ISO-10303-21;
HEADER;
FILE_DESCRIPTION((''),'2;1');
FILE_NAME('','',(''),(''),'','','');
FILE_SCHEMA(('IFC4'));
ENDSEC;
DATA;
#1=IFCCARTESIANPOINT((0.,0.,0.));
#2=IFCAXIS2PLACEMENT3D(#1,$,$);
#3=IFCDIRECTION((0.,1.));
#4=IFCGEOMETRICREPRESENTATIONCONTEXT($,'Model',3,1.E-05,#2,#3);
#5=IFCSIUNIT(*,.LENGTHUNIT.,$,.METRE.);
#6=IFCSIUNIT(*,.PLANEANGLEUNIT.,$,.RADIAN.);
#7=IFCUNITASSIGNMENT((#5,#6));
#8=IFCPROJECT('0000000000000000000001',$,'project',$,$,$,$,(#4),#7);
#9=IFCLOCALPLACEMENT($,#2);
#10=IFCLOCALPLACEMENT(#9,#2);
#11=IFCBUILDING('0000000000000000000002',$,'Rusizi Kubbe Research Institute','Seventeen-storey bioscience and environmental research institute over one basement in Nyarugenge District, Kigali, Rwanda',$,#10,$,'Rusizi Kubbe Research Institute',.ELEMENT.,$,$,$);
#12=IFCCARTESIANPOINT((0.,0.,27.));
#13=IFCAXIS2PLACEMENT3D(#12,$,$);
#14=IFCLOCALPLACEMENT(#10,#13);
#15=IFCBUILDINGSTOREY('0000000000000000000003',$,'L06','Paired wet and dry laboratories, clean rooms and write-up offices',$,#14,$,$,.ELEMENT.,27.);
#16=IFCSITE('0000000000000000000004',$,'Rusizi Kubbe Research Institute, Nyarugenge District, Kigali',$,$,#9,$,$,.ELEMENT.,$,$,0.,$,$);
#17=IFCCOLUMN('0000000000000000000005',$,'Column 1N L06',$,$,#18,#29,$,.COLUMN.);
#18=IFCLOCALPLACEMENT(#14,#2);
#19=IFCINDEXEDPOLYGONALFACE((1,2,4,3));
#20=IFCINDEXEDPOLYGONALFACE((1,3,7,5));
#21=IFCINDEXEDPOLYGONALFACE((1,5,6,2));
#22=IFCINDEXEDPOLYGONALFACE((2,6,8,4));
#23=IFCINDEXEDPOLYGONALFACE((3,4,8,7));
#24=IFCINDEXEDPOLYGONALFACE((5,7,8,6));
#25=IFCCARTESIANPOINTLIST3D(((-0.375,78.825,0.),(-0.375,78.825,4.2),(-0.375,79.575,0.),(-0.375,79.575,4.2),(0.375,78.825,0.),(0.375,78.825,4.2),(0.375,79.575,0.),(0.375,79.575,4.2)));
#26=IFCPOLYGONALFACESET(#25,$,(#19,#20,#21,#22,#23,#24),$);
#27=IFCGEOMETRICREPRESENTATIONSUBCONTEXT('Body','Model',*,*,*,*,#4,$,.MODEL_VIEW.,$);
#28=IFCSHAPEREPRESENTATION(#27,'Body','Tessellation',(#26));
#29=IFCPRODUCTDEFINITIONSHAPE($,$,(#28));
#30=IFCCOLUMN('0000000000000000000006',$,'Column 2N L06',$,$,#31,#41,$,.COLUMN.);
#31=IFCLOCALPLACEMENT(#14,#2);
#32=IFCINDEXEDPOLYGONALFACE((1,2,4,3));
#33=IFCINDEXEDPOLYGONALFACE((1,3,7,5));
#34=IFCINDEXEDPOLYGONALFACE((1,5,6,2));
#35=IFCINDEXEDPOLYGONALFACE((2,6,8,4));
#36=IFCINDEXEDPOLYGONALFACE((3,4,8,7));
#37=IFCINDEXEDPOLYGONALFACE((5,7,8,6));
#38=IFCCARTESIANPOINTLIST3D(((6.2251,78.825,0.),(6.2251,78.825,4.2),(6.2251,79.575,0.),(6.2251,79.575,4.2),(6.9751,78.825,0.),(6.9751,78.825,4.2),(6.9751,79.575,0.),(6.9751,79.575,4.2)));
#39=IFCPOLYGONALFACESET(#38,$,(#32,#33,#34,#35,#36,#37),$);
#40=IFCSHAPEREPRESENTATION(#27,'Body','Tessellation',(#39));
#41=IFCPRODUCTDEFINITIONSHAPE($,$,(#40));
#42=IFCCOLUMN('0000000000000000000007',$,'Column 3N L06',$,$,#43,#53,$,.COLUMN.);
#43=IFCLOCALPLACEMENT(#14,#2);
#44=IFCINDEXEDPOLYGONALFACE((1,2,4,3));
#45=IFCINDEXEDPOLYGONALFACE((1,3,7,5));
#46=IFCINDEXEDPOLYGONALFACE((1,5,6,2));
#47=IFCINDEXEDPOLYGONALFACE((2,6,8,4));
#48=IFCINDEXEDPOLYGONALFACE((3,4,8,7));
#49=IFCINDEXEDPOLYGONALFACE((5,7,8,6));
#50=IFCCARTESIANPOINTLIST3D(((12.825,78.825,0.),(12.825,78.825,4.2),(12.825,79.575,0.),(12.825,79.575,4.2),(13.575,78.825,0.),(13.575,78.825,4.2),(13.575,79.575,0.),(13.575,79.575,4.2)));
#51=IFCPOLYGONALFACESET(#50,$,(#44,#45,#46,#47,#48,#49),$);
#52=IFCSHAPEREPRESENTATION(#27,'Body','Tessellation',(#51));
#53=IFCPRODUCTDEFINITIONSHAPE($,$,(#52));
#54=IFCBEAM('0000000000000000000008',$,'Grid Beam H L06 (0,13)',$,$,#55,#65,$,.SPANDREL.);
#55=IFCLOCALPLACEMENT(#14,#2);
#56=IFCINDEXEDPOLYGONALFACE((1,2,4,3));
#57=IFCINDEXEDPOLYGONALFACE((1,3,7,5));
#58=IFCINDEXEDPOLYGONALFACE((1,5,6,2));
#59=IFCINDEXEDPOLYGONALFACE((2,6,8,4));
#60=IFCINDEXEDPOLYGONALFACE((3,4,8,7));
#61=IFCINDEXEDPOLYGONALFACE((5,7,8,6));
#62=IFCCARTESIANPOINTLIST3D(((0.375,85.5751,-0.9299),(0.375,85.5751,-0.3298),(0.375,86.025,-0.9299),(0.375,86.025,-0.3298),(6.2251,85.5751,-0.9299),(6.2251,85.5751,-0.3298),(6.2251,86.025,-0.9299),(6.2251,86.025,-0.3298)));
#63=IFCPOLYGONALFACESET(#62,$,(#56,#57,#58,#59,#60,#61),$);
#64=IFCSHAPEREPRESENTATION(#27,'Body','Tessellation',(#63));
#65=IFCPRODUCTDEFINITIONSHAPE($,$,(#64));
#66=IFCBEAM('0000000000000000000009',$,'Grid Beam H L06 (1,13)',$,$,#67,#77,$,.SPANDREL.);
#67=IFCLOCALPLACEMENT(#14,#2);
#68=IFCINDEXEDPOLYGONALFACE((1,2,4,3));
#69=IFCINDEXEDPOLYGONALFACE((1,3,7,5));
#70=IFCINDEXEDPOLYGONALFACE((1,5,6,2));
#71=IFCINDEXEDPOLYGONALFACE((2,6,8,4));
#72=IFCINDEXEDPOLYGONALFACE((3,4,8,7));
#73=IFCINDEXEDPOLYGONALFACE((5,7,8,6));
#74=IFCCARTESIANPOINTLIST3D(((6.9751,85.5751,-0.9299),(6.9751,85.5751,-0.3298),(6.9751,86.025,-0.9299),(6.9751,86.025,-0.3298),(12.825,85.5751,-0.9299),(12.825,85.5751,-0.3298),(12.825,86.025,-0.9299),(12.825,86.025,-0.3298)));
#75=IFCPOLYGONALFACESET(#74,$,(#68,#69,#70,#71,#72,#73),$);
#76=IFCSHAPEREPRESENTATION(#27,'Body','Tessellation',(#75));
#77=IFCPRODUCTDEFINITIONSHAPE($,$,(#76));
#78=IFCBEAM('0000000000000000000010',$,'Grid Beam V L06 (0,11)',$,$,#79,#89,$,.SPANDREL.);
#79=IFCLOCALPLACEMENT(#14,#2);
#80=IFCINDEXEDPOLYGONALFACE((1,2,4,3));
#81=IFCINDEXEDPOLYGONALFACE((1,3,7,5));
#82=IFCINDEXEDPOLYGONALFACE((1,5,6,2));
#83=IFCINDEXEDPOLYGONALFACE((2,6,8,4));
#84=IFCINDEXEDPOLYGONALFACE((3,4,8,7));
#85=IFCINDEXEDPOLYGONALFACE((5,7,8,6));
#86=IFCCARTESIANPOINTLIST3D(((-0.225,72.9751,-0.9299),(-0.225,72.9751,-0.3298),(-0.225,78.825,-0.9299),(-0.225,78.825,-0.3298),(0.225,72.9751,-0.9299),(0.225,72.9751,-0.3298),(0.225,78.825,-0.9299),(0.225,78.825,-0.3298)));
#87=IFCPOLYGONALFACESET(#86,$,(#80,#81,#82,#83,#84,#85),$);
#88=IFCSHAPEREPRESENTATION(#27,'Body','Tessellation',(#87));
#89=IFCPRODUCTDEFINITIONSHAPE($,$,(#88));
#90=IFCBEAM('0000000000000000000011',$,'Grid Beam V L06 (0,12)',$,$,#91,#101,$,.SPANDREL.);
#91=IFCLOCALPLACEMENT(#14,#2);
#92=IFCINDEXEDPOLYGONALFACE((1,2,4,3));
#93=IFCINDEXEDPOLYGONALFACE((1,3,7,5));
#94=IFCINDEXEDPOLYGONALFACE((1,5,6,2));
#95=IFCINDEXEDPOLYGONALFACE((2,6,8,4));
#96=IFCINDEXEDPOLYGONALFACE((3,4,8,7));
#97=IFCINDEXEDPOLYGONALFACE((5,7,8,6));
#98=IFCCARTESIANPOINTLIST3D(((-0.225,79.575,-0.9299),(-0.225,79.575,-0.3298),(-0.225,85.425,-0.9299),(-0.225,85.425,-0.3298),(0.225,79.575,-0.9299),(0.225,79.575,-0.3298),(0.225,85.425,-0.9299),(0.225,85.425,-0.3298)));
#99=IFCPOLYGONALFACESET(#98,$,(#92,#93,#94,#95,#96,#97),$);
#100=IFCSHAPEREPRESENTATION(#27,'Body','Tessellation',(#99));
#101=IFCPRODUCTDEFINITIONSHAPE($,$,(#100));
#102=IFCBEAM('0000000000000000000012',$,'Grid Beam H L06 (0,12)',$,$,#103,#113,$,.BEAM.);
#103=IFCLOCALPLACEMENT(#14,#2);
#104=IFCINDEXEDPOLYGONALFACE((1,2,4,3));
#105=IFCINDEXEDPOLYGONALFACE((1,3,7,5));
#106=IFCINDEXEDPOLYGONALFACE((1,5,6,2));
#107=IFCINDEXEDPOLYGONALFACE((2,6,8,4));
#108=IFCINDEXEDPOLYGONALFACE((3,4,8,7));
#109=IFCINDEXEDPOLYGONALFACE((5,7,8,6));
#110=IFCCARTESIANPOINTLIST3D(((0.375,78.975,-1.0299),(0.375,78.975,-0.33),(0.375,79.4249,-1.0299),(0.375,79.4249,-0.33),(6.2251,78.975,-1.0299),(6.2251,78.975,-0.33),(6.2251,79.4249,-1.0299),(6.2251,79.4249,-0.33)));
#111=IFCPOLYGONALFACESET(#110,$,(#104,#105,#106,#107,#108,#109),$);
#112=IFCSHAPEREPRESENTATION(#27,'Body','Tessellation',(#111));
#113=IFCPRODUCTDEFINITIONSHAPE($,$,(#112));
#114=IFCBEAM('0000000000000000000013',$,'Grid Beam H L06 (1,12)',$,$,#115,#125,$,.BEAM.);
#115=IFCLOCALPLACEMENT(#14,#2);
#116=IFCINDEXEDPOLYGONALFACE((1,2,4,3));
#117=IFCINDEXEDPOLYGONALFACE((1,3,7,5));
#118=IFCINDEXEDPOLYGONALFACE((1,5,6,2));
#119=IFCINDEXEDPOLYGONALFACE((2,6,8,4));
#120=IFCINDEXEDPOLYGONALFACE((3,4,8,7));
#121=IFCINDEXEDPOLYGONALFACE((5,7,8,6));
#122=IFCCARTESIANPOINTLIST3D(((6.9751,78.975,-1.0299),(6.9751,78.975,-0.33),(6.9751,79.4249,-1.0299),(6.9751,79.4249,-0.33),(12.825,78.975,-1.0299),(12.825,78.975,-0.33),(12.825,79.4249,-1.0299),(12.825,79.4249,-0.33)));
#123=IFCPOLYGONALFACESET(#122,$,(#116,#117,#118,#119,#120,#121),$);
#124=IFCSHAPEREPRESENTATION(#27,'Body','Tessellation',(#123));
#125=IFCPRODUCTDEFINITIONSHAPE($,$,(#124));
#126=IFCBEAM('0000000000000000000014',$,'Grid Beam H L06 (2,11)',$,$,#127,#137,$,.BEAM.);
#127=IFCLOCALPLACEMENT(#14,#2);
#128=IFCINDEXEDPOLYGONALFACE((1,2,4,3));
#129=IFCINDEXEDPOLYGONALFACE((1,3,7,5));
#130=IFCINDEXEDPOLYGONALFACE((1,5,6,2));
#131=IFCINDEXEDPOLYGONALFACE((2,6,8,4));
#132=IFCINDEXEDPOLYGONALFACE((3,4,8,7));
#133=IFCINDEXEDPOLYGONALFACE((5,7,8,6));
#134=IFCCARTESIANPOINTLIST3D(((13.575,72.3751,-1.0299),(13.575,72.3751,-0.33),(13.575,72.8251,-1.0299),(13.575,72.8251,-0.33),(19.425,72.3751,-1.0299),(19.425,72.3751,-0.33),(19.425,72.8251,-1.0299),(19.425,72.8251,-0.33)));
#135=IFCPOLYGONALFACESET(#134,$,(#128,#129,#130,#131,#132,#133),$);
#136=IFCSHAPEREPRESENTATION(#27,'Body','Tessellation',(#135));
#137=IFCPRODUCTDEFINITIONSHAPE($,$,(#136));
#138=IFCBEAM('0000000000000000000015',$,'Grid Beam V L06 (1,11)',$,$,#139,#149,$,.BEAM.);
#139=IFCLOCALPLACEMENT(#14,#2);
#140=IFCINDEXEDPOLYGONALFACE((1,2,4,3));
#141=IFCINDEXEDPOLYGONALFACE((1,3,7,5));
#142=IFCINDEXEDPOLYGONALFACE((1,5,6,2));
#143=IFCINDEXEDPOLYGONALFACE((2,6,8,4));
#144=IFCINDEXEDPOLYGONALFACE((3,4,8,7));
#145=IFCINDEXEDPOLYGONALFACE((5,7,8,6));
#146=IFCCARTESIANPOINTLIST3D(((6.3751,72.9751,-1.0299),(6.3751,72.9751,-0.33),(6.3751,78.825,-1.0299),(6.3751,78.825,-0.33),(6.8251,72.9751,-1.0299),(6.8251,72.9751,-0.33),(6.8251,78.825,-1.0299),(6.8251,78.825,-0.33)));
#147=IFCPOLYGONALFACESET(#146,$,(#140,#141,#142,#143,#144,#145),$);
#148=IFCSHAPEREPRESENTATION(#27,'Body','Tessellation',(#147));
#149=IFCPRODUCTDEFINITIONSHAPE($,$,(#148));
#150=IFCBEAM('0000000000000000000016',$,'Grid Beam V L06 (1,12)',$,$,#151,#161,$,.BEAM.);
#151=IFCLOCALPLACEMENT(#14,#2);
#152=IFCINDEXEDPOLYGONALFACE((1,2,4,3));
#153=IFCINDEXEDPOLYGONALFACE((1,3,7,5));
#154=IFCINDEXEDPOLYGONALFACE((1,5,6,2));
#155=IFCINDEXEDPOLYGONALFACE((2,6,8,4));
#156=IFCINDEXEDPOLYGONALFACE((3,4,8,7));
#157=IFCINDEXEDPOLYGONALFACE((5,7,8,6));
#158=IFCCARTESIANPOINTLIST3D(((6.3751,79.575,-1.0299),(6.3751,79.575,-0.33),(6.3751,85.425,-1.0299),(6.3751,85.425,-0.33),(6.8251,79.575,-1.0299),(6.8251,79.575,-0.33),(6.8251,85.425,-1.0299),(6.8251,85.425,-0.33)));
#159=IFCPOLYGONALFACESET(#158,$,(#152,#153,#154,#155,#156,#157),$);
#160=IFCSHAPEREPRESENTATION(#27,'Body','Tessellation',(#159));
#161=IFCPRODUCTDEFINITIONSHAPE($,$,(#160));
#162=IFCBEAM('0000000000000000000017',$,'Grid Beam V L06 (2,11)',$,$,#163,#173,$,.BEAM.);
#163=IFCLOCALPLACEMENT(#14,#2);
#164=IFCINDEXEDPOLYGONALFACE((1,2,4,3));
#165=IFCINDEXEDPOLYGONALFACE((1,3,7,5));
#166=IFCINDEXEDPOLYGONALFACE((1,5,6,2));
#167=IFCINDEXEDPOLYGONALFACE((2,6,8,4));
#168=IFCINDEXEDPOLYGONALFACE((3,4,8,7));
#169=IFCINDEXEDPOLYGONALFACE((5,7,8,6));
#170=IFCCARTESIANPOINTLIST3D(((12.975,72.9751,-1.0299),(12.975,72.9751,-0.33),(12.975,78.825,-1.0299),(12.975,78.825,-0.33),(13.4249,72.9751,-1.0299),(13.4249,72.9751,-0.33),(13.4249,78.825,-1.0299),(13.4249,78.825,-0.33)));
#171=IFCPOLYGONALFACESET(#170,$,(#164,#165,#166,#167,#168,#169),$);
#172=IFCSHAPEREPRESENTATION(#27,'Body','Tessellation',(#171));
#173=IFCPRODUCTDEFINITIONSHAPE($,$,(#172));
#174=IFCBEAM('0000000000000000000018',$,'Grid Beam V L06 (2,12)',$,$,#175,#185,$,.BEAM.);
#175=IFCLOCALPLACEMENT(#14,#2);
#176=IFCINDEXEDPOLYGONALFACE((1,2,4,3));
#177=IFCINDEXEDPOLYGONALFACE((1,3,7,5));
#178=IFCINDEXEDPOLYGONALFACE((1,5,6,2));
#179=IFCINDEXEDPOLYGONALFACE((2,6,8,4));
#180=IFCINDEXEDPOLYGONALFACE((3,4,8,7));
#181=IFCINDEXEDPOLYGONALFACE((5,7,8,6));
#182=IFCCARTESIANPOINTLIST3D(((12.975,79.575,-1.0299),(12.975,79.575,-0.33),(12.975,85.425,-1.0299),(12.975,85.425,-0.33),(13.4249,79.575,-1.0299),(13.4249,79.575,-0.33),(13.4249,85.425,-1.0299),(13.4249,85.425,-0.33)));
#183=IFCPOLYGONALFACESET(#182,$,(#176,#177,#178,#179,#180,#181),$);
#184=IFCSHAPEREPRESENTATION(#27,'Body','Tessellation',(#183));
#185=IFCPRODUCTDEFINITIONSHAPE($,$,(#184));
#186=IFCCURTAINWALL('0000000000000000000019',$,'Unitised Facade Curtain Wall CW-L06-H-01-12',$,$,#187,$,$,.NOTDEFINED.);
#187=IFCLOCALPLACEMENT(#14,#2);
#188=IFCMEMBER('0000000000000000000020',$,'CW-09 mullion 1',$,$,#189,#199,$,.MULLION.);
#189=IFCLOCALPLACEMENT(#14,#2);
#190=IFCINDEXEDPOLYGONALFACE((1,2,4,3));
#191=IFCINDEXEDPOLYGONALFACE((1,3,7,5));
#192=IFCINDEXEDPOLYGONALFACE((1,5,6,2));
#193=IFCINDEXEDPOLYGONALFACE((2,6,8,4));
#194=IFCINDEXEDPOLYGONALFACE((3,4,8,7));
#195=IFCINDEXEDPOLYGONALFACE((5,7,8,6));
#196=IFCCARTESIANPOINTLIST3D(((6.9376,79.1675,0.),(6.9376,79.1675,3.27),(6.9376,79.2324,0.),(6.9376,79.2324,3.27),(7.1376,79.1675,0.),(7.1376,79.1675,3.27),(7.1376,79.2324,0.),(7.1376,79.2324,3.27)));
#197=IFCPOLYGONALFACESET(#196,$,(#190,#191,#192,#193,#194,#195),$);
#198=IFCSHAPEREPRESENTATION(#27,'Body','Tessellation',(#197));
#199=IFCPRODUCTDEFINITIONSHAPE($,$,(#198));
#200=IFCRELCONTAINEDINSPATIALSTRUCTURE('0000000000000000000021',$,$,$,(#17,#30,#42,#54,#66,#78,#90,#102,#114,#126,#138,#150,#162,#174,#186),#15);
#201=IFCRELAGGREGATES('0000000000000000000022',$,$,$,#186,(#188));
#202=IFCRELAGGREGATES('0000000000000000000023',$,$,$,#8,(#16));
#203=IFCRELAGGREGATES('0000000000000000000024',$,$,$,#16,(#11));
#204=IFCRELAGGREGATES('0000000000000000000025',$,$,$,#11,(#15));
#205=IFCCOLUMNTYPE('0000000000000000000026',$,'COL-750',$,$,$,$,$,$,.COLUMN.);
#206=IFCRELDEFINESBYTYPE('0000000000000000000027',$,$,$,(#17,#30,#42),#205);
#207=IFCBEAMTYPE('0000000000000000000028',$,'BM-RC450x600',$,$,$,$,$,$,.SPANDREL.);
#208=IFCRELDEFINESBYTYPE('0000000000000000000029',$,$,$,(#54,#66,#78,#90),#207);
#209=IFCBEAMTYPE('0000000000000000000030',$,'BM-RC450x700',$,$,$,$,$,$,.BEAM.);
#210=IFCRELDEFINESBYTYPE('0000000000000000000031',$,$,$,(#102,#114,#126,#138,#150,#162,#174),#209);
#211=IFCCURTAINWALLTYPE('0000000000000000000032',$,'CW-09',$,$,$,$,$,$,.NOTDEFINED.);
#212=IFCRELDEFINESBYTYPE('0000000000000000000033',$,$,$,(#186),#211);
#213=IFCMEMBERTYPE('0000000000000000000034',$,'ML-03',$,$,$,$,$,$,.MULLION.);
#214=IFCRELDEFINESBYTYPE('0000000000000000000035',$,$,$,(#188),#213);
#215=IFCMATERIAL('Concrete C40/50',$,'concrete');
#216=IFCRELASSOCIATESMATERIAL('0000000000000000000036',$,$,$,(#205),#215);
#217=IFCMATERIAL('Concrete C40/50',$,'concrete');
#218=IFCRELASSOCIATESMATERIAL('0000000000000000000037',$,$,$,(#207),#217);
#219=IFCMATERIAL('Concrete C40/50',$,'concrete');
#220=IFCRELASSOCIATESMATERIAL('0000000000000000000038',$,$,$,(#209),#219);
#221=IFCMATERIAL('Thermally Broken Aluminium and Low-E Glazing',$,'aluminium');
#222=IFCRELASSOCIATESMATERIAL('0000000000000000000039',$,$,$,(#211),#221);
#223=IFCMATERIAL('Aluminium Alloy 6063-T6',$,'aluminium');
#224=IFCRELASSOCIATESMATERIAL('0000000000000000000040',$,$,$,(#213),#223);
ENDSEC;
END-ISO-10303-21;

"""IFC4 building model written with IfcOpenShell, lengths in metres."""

from ifc_helpers import new_model, si_unit, direction, frame, origin, origin_2d, place, context, subcontext, project, spatial, rectangle, extrude, material, material_profile, profile_set, type_object, element, aggregate, save


model = new_model("IFC4")

# Units and contexts
model_context = context("Model", 3, precision=1e-05, world=origin(), true_north=direction((0.0, 1.0)))
body_context = subcontext(model_context, "Body", "Model", "MODEL_VIEW")
ifc_project = project(units=[si_unit("LENGTHUNIT", "METRE"), si_unit("PLANEANGLEUNIT", "RADIAN")], contexts=[model_context])

# Site, building, storey
site_placement = place(None, origin())
site = spatial("IfcSite", under=ifc_project, at=site_placement, Name="Rusizi Kubbe Research Institute, Nyarugenge District, Kigali", CompositionType="ELEMENT", RefElevation=0.0)
building_placement = place(site_placement, origin())
building = spatial("IfcBuilding", under=site, at=building_placement, Name="Rusizi Kubbe Research Institute", Description="Seventeen-storey bioscience and environmental research institute over one basement in Nyarugenge District, Kigali, Rwanda", LongName="Rusizi Kubbe Research Institute", CompositionType="ELEMENT")
storey_placement = place(building_placement, frame((0.0, 0.0, 27.0)))
storey = spatial("IfcBuildingStorey", under=building, at=storey_placement, Name="L06", Description="Paired wet and dry laboratories, clean rooms and write-up offices", CompositionType="ELEMENT", Elevation=27.0)

# Columns
ifc_material_1 = material(Name="Concrete C40/50", Category="concrete")
ifc_material_profile_1 = material_profile(ifc_material_1, rectangle(XDim=0.75, YDim=0.75, at=origin_2d()), Name="RC750x750")
ifc_profile_set_1 = profile_set([ifc_material_profile_1], Name="Concrete C40/50")
column_type = type_object("IfcColumnType", Name="COL-750", PredefinedType="COLUMN", material=ifc_profile_set_1)
for number, where, z_axis, x_axis, name in (
    (1, (0.0, 79.2, 0.0), (0.0, 0.0, 1.0), (1.0, 0.0, 0.0), "Column 1N L06"),
    (2, (6.6001, 79.2, 0.0), (0.0, 0.0, 1.0), (1.0, 0.0, 0.0), "Column 2N L06"),
    (3, (13.2, 79.2, 0.0), (0.0, 0.0, 1.0), (1.0, 0.0, 0.0), "Column 3N L06"),
):
    element("IfcColumn", number, at=place(storey_placement, frame(where, z_axis=z_axis, x_axis=x_axis)), inside=storey, type_object=column_type, Name=name, PredefinedType="COLUMN", context=body_context, shape_type="SweptSolid", body=[
        extrude(rectangle(XDim=0.75, YDim=0.75, at=origin_2d()), origin(), (0.0, 0.0, 1.0), 4.2),
    ])

# Beams
ifc_material_2 = material(Name="Concrete C40/50", Category="concrete")
ifc_material_profile_2 = material_profile(ifc_material_2, rectangle(XDim=0.45, YDim=0.6001, at=origin_2d()), Name="RC450x600")
ifc_profile_set_2 = profile_set([ifc_material_profile_2], Name="Concrete C40/50")
beam_type_1 = type_object("IfcBeamType", Name="BM-RC450x600", PredefinedType="SPANDREL", material=ifc_profile_set_2)
beam_1_placement = place(storey_placement, frame((0.375, 85.8, -0.6299), z_axis=(1.0, 0.0, 0.0), x_axis=(0.0, 1.0, 0.0)))
element("IfcBeam", 4, at=beam_1_placement, inside=storey, type_object=beam_type_1, Name="Grid Beam H L06 (0,13)", PredefinedType="SPANDREL", context=body_context, shape_type="SweptSolid", body=[
    extrude(rectangle(XDim=0.45, YDim=0.6001, at=origin_2d()), origin(), (0.0, 0.0, 1.0), 5.8501),
])
for number, where, z_axis, x_axis, name in (
    (5, (6.9751, 85.8, -0.6299), (1.0, 0.0, 0.0), (0.0, 1.0, 0.0), "Grid Beam H L06 (1,13)"),
    (6, (0.0, 72.9751, -0.6299), (0.0, 1.0, 0.0), (-1.0, 0.0, 0.0), "Grid Beam V L06 (0,11)"),
):
    element("IfcBeam", number, at=place(storey_placement, frame(where, z_axis=z_axis, x_axis=x_axis)), inside=storey, type_object=beam_type_1, Name=name, PredefinedType="SPANDREL", context=body_context, shape_type="SweptSolid", body=[
        extrude(rectangle(XDim=0.45, YDim=0.6001, at=origin_2d()), origin(), (0.0, 0.0, 1.0), 5.8499),
    ])
beam_2_placement = place(storey_placement, frame((0.0, 79.575, -0.6299), z_axis=(0.0, 1.0, 0.0), x_axis=(-1.0, 0.0, 0.0)))
element("IfcBeam", 7, at=beam_2_placement, inside=storey, type_object=beam_type_1, Name="Grid Beam V L06 (0,12)", PredefinedType="SPANDREL", context=body_context, shape_type="SweptSolid", body=[
    extrude(rectangle(XDim=0.45, YDim=0.6001, at=origin_2d()), origin(), (0.0, 0.0, 1.0), 5.8501),
])
ifc_material_3 = material(Name="Concrete C40/50", Category="concrete")
ifc_material_profile_3 = material_profile(ifc_material_3, rectangle(XDim=0.45, YDim=0.7, at=origin_2d()), Name="RC450x700B")
ifc_profile_set_3 = profile_set([ifc_material_profile_3], Name="Concrete C40/50")
beam_type_2 = type_object("IfcBeamType", Name="BM-RC450x700", PredefinedType="BEAM", material=ifc_profile_set_3)
beam_3_placement = place(storey_placement, frame((0.375, 79.2, -0.6799), z_axis=(1.0, 0.0, 0.0), x_axis=(0.0, 1.0, 0.0)))
element("IfcBeam", 8, at=beam_3_placement, inside=storey, type_object=beam_type_2, Name="Grid Beam H L06 (0,12)", PredefinedType="BEAM", context=body_context, shape_type="SweptSolid", body=[
    extrude(rectangle(XDim=0.45, YDim=0.7, at=origin_2d()), origin(), (0.0, 0.0, 1.0), 5.8501),
])
beam_4_placement = place(storey_placement, frame((6.9751, 79.2, -0.6799), z_axis=(1.0, 0.0, 0.0), x_axis=(0.0, 1.0, 0.0)))
element("IfcBeam", 9, at=beam_4_placement, inside=storey, type_object=beam_type_2, Name="Grid Beam H L06 (1,12)", PredefinedType="BEAM", context=body_context, shape_type="SweptSolid", body=[
    extrude(rectangle(XDim=0.45, YDim=0.7, at=origin_2d()), origin(), (0.0, 0.0, 1.0), 5.8499),
])
beam_5_placement = place(storey_placement, frame((13.575, 72.6001, -0.6799), z_axis=(1.0, 0.0, 0.0), x_axis=(0.0, 1.0, 0.0)))
element("IfcBeam", 10, at=beam_5_placement, inside=storey, type_object=beam_type_2, Name="Grid Beam H L06 (2,11)", PredefinedType="BEAM", context=body_context, shape_type="SweptSolid", body=[
    extrude(rectangle(XDim=0.45, YDim=0.7, at=origin_2d()), origin(), (0.0, 0.0, 1.0), 5.8501),
])
beam_6_placement = place(storey_placement, frame((6.6001, 72.9751, -0.6799), z_axis=(0.0, 1.0, 0.0), x_axis=(-1.0, 0.0, 0.0)))
element("IfcBeam", 11, at=beam_6_placement, inside=storey, type_object=beam_type_2, Name="Grid Beam V L06 (1,11)", PredefinedType="BEAM", context=body_context, shape_type="SweptSolid", body=[
    extrude(rectangle(XDim=0.45, YDim=0.7, at=origin_2d()), origin(), (0.0, 0.0, 1.0), 5.8499),
])
beam_7_placement = place(storey_placement, frame((6.6001, 79.575, -0.6799), z_axis=(0.0, 1.0, 0.0), x_axis=(-1.0, 0.0, 0.0)))
element("IfcBeam", 12, at=beam_7_placement, inside=storey, type_object=beam_type_2, Name="Grid Beam V L06 (1,12)", PredefinedType="BEAM", context=body_context, shape_type="SweptSolid", body=[
    extrude(rectangle(XDim=0.45, YDim=0.7, at=origin_2d()), origin(), (0.0, 0.0, 1.0), 5.8501),
])
beam_8_placement = place(storey_placement, frame((13.2, 72.9751, -0.6799), z_axis=(0.0, 1.0, 0.0), x_axis=(-1.0, 0.0, 0.0)))
element("IfcBeam", 13, at=beam_8_placement, inside=storey, type_object=beam_type_2, Name="Grid Beam V L06 (2,11)", PredefinedType="BEAM", context=body_context, shape_type="SweptSolid", body=[
    extrude(rectangle(XDim=0.45, YDim=0.7, at=origin_2d()), origin(), (0.0, 0.0, 1.0), 5.8499),
])
beam_9_placement = place(storey_placement, frame((13.2, 79.575, -0.6799), z_axis=(0.0, 1.0, 0.0), x_axis=(-1.0, 0.0, 0.0)))
element("IfcBeam", 14, at=beam_9_placement, inside=storey, type_object=beam_type_2, Name="Grid Beam V L06 (2,12)", PredefinedType="BEAM", context=body_context, shape_type="SweptSolid", body=[
    extrude(rectangle(XDim=0.45, YDim=0.7, at=origin_2d()), origin(), (0.0, 0.0, 1.0), 5.8501),
])

# Curtain wall, member
ifc_material_4 = material(Name="Thermally Broken Aluminium and Low-E Glazing", Category="aluminium")
curtain_wall_type = type_object("IfcCurtainWallType", Name="CW-09", PredefinedType="NOTDEFINED", material=ifc_material_4)
curtain_wall_placement = place(storey_placement, origin())
curtain_wall = element("IfcCurtainWall", 15, at=curtain_wall_placement, inside=storey, type_object=curtain_wall_type, Name="Unitised Facade Curtain Wall CW-L06-H-01-12", PredefinedType="NOTDEFINED")
ifc_material_5 = material(Name="Aluminium Alloy 6063-T6", Category="aluminium")
ifc_material_profile_4 = material_profile(ifc_material_5, rectangle(XDim=0.0649, YDim=0.2, at=origin_2d()), Name="ALU-M 65x200")
ifc_profile_set_4 = profile_set([ifc_material_profile_4], Name="Aluminium Alloy 6063-T6")
member_type_1 = type_object("IfcMemberType", Name="ML-03", PredefinedType="MULLION", material=ifc_profile_set_4)
member_1_placement = place(storey_placement, frame((7.0376, 79.2, 0.0), z_axis=(0.0, 0.0, 1.0), x_axis=(0.0, 1.0, 0.0)))
member_1 = element("IfcMember", 16, at=member_1_placement, type_object=member_type_1, Name="CW-09 mullion 1", PredefinedType="MULLION", context=body_context, shape_type="SweptSolid", body=[
    extrude(rectangle(XDim=0.0649, YDim=0.2, at=origin_2d()), origin(), (0.0, 0.0, 1.0), 3.27),
])
aggregate(curtain_wall, [member_1])

save(model, "model.ifc")
